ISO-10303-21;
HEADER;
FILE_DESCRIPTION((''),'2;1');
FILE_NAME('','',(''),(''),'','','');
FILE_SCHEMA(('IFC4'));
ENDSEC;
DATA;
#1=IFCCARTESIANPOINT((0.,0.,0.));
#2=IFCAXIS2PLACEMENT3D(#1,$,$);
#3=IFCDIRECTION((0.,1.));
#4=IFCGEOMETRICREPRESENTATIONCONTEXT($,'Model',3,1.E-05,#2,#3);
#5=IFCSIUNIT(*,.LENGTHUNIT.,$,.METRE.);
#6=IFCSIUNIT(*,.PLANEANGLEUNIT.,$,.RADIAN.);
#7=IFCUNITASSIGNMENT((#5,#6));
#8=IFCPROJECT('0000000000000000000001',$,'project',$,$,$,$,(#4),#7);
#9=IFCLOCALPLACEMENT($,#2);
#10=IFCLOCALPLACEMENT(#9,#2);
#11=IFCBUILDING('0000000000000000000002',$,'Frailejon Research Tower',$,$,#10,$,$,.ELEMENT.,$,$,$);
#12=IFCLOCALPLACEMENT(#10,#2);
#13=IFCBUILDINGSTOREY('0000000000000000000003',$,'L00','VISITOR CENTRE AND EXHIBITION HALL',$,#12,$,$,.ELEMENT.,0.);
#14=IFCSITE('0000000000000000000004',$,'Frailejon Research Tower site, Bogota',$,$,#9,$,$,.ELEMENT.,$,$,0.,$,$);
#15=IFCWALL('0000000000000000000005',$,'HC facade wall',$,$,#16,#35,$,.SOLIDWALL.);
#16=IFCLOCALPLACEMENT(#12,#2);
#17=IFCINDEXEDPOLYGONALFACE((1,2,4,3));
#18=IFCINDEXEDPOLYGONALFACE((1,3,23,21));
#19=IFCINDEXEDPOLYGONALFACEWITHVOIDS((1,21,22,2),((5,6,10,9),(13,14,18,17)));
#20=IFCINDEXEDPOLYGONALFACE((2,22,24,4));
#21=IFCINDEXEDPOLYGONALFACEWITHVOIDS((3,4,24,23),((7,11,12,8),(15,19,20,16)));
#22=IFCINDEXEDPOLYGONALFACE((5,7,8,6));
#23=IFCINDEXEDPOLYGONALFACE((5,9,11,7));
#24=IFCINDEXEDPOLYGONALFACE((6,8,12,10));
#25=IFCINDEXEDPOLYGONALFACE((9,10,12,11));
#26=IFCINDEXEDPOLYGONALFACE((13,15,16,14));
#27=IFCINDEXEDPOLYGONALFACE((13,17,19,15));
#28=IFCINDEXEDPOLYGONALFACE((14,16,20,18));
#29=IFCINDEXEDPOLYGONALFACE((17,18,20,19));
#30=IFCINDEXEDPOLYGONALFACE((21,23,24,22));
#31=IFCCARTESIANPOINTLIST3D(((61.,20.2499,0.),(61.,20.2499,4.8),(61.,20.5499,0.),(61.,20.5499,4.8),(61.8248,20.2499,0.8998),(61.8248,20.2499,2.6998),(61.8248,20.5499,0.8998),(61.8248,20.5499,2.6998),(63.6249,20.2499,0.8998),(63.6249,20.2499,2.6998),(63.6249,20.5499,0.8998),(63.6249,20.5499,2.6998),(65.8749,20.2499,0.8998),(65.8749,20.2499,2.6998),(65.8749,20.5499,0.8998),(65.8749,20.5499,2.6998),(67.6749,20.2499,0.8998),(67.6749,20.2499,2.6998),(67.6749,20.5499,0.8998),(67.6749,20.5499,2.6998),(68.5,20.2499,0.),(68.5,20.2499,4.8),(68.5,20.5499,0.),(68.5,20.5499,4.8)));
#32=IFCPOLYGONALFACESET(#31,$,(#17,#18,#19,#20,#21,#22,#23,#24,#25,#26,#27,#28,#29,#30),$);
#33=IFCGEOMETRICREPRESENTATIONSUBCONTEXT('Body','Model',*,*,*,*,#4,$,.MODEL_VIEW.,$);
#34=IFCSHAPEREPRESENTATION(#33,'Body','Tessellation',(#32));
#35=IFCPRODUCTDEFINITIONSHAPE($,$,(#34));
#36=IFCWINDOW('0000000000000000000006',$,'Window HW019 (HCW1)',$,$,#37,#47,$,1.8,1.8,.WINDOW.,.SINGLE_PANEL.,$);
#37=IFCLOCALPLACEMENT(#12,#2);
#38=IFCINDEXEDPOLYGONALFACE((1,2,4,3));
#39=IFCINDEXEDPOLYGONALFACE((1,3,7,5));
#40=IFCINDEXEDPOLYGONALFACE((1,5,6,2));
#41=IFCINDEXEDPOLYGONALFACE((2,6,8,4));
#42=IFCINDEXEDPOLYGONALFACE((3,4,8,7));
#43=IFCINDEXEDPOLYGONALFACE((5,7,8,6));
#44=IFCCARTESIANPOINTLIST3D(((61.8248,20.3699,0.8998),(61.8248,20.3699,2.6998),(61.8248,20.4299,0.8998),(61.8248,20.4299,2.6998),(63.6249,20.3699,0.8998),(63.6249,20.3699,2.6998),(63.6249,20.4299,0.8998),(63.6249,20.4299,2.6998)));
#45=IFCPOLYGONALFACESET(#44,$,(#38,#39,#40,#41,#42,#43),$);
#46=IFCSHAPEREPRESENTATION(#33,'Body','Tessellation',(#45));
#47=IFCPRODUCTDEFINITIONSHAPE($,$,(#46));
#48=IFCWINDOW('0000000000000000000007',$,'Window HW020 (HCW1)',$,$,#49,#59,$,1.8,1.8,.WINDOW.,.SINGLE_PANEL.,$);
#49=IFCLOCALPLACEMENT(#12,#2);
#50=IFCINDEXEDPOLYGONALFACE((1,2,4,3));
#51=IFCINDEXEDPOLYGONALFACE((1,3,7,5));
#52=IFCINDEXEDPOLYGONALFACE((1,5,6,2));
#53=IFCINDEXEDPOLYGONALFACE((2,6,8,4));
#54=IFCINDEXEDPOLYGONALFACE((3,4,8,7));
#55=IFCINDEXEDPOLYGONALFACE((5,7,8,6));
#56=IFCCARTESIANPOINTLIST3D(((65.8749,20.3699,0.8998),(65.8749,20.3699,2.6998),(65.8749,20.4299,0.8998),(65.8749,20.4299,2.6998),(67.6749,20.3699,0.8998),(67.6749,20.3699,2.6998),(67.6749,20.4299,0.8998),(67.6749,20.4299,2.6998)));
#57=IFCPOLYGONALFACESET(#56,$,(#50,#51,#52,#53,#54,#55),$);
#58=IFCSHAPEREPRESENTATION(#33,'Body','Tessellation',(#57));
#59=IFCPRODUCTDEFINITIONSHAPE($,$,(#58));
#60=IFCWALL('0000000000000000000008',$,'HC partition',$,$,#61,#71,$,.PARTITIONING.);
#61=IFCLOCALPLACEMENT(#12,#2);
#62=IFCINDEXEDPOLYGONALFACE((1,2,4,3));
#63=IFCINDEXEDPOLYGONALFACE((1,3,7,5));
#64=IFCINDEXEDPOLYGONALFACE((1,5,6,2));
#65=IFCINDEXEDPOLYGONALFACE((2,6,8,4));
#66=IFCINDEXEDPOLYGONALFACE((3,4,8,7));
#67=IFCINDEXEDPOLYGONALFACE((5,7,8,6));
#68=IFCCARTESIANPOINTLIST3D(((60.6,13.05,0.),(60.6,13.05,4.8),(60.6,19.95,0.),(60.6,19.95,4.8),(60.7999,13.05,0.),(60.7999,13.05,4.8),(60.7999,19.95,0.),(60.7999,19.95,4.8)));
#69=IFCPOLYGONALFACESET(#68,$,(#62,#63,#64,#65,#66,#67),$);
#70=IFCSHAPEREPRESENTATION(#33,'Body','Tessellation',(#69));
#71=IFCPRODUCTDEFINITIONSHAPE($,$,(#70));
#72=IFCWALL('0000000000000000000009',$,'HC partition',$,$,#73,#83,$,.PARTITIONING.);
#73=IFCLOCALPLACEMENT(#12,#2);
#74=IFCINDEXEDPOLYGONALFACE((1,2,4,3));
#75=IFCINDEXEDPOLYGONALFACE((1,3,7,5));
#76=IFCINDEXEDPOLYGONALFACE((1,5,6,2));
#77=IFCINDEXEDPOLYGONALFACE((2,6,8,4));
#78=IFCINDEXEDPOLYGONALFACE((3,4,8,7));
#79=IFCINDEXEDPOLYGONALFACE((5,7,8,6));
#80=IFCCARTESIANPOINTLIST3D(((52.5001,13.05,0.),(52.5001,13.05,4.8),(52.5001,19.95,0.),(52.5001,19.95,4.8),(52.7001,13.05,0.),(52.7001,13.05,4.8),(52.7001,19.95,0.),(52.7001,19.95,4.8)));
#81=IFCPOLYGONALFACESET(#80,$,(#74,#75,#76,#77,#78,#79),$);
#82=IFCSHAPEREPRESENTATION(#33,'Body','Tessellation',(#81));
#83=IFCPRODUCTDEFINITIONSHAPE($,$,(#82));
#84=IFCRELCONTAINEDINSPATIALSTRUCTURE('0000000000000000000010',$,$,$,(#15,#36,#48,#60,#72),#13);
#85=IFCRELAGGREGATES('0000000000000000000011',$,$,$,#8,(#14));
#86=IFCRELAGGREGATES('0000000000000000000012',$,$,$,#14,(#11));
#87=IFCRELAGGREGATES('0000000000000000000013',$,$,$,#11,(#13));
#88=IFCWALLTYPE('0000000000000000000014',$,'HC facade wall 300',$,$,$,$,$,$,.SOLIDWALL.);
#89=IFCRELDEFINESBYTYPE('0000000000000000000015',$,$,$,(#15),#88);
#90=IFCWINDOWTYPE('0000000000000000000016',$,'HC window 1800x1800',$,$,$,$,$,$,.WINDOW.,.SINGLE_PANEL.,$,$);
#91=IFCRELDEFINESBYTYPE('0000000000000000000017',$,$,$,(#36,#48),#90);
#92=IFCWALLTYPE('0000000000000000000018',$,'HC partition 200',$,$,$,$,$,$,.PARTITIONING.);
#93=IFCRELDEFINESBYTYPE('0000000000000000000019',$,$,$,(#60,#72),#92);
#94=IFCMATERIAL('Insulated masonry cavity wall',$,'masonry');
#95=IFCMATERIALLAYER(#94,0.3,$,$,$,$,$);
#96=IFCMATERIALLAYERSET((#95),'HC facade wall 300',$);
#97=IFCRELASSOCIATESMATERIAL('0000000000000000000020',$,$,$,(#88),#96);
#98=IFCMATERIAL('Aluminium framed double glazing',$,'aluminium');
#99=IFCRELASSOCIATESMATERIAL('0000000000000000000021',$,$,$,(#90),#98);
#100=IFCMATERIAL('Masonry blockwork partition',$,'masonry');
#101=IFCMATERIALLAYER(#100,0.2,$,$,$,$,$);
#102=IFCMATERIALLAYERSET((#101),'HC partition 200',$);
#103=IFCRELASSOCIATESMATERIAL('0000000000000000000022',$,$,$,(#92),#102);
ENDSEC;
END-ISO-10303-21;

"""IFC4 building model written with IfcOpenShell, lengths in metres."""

from ifc_helpers import new_model, si_unit, direction, frame, frame_2d, origin, place, context, subcontext, project, spatial, rectangle, extrude, material, layer, layer_set, type_object, element, fill, save


model = new_model("IFC4")

# Units and contexts
model_context = context("Model", 3, precision=1e-05, world=origin(), true_north=direction((0.0, 1.0)))
body_context = subcontext(model_context, "Body", "Model", "MODEL_VIEW")
ifc_project = project(units=[si_unit("LENGTHUNIT", "METRE"), si_unit("PLANEANGLEUNIT", "RADIAN")], contexts=[model_context])

# Site, building, storey
site_placement = place(None, origin())
site = spatial("IfcSite", under=ifc_project, at=site_placement, Name="Frailejon Research Tower site, Bogota", CompositionType="ELEMENT", RefElevation=0.0)
building_placement = place(site_placement, origin())
building = spatial("IfcBuilding", under=site, at=building_placement, Name="Frailejon Research Tower", CompositionType="ELEMENT")
storey_placement = place(building_placement, origin())
storey = spatial("IfcBuildingStorey", under=building, at=storey_placement, Name="L00", Description="VISITOR CENTRE AND EXHIBITION HALL", CompositionType="ELEMENT", Elevation=0.0)

# Wall, openings, windows
ifc_material_1 = material(Name="Insulated masonry cavity wall", Category="masonry")
ifc_layer_1 = layer(ifc_material_1, 0.3)
ifc_layer_set_1 = layer_set([ifc_layer_1], Name="HC facade wall 300")
wall_type_1 = type_object("IfcWallType", Name="HC facade wall 300", PredefinedType="SOLIDWALL", material=ifc_layer_set_1)
wall_1_placement = place(storey_placement, frame((61.0, 20.3999, 0.0), z_axis=(0.0, 0.0, 1.0), x_axis=(1.0, 0.0, 0.0)))
wall_1 = element("IfcWall", 1, at=wall_1_placement, inside=storey, type_object=wall_type_1, Name="HC facade wall", PredefinedType="SOLIDWALL", context=body_context, shape_type="SweptSolid", body=[
    extrude(rectangle(XDim=7.5, YDim=0.3, at=frame_2d((3.75, 0.0))), origin(), (0.0, 0.0, 1.0), 4.8),
])
opening_1_placement = place(wall_1_placement, frame((0.825, 0.0, 0.8999)))
opening_1 = element("IfcOpeningElement", 2, at=opening_1_placement, cuts=wall_1, PredefinedType="OPENING", context=body_context, shape_type="SweptSolid", body=[
    extrude(rectangle(XDim=1.8, YDim=1.8, at=frame_2d((0.8999, 0.8999))), frame((0.0, 0.1599, 0.0), z_axis=(0.0, -1.0, 0.0), x_axis=(1.0, 0.0, 0.0)), (0.0, 0.0, 1.0), 0.3201),
])
opening_2_placement = place(wall_1_placement, frame((4.875, 0.0, 0.8999)))
opening_2 = element("IfcOpeningElement", 3, at=opening_2_placement, cuts=wall_1, PredefinedType="OPENING", context=body_context, shape_type="SweptSolid", body=[
    extrude(rectangle(XDim=1.8, YDim=1.8, at=frame_2d((0.8999, 0.8999))), frame((0.0, 0.1599, 0.0), z_axis=(0.0, -1.0, 0.0), x_axis=(1.0, 0.0, 0.0)), (0.0, 0.0, 1.0), 0.3201),
])
ifc_material_2 = material(Name="Aluminium framed double glazing", Category="aluminium")
window_type_1 = type_object("IfcWindowType", Name="HC window 1800x1800", PartitioningType="SINGLE_PANEL", PredefinedType="WINDOW", material=ifc_material_2)
window_1_placement = place(opening_1_placement, origin())
window_1 = element("IfcWindow", 4, at=window_1_placement, inside=storey, type_object=window_type_1, Name="Window HW019 (HCW1)", OverallHeight=1.8, OverallWidth=1.8, PartitioningType="SINGLE_PANEL", PredefinedType="WINDOW", context=body_context, shape_type="SweptSolid", body=[
    extrude(rectangle(XDim=1.8, YDim=1.8, at=frame_2d((0.8999, 0.8999))), frame((0.0, 0.03, 0.0), z_axis=(0.0, -1.0, 0.0), x_axis=(1.0, 0.0, 0.0)), (0.0, 0.0, 1.0), 0.0601),
])
fill(opening_1, window_1)
window_2_placement = place(opening_2_placement, origin())
window_2 = element("IfcWindow", 5, at=window_2_placement, inside=storey, type_object=window_type_1, Name="Window HW020 (HCW1)", OverallHeight=1.8, OverallWidth=1.8, PartitioningType="SINGLE_PANEL", PredefinedType="WINDOW", context=body_context, shape_type="SweptSolid", body=[
    extrude(rectangle(XDim=1.8, YDim=1.8, at=frame_2d((0.8999, 0.8999))), frame((0.0, 0.03, 0.0), z_axis=(0.0, -1.0, 0.0), x_axis=(1.0, 0.0, 0.0)), (0.0, 0.0, 1.0), 0.0601),
])
fill(opening_2, window_2)

# Walls
ifc_material_3 = material(Name="Masonry blockwork partition", Category="masonry")
ifc_layer_2 = layer(ifc_material_3, 0.2)
ifc_layer_set_2 = layer_set([ifc_layer_2], Name="HC partition 200")
wall_type_2 = type_object("IfcWallType", Name="HC partition 200", PredefinedType="PARTITIONING", material=ifc_layer_set_2)
for number, where, z_axis, x_axis, name in (
    (6, (60.7, 13.05, 0.0), (0.0, 0.0, 1.0), (0.0, 1.0, 0.0), "HC partition"),
    (7, (52.6001, 13.05, 0.0), (0.0, 0.0, 1.0), (0.0, 1.0, 0.0), "HC partition"),
):
    element("IfcWall", number, at=place(storey_placement, frame(where, z_axis=z_axis, x_axis=x_axis)), inside=storey, type_object=wall_type_2, Name=name, PredefinedType="PARTITIONING", context=body_context, shape_type="SweptSolid", body=[
        extrude(rectangle(XDim=6.8999, YDim=0.2, at=frame_2d((3.45, 0.0))), origin(), (0.0, 0.0, 1.0), 4.8),
    ])

save(model, "model.ifc")
